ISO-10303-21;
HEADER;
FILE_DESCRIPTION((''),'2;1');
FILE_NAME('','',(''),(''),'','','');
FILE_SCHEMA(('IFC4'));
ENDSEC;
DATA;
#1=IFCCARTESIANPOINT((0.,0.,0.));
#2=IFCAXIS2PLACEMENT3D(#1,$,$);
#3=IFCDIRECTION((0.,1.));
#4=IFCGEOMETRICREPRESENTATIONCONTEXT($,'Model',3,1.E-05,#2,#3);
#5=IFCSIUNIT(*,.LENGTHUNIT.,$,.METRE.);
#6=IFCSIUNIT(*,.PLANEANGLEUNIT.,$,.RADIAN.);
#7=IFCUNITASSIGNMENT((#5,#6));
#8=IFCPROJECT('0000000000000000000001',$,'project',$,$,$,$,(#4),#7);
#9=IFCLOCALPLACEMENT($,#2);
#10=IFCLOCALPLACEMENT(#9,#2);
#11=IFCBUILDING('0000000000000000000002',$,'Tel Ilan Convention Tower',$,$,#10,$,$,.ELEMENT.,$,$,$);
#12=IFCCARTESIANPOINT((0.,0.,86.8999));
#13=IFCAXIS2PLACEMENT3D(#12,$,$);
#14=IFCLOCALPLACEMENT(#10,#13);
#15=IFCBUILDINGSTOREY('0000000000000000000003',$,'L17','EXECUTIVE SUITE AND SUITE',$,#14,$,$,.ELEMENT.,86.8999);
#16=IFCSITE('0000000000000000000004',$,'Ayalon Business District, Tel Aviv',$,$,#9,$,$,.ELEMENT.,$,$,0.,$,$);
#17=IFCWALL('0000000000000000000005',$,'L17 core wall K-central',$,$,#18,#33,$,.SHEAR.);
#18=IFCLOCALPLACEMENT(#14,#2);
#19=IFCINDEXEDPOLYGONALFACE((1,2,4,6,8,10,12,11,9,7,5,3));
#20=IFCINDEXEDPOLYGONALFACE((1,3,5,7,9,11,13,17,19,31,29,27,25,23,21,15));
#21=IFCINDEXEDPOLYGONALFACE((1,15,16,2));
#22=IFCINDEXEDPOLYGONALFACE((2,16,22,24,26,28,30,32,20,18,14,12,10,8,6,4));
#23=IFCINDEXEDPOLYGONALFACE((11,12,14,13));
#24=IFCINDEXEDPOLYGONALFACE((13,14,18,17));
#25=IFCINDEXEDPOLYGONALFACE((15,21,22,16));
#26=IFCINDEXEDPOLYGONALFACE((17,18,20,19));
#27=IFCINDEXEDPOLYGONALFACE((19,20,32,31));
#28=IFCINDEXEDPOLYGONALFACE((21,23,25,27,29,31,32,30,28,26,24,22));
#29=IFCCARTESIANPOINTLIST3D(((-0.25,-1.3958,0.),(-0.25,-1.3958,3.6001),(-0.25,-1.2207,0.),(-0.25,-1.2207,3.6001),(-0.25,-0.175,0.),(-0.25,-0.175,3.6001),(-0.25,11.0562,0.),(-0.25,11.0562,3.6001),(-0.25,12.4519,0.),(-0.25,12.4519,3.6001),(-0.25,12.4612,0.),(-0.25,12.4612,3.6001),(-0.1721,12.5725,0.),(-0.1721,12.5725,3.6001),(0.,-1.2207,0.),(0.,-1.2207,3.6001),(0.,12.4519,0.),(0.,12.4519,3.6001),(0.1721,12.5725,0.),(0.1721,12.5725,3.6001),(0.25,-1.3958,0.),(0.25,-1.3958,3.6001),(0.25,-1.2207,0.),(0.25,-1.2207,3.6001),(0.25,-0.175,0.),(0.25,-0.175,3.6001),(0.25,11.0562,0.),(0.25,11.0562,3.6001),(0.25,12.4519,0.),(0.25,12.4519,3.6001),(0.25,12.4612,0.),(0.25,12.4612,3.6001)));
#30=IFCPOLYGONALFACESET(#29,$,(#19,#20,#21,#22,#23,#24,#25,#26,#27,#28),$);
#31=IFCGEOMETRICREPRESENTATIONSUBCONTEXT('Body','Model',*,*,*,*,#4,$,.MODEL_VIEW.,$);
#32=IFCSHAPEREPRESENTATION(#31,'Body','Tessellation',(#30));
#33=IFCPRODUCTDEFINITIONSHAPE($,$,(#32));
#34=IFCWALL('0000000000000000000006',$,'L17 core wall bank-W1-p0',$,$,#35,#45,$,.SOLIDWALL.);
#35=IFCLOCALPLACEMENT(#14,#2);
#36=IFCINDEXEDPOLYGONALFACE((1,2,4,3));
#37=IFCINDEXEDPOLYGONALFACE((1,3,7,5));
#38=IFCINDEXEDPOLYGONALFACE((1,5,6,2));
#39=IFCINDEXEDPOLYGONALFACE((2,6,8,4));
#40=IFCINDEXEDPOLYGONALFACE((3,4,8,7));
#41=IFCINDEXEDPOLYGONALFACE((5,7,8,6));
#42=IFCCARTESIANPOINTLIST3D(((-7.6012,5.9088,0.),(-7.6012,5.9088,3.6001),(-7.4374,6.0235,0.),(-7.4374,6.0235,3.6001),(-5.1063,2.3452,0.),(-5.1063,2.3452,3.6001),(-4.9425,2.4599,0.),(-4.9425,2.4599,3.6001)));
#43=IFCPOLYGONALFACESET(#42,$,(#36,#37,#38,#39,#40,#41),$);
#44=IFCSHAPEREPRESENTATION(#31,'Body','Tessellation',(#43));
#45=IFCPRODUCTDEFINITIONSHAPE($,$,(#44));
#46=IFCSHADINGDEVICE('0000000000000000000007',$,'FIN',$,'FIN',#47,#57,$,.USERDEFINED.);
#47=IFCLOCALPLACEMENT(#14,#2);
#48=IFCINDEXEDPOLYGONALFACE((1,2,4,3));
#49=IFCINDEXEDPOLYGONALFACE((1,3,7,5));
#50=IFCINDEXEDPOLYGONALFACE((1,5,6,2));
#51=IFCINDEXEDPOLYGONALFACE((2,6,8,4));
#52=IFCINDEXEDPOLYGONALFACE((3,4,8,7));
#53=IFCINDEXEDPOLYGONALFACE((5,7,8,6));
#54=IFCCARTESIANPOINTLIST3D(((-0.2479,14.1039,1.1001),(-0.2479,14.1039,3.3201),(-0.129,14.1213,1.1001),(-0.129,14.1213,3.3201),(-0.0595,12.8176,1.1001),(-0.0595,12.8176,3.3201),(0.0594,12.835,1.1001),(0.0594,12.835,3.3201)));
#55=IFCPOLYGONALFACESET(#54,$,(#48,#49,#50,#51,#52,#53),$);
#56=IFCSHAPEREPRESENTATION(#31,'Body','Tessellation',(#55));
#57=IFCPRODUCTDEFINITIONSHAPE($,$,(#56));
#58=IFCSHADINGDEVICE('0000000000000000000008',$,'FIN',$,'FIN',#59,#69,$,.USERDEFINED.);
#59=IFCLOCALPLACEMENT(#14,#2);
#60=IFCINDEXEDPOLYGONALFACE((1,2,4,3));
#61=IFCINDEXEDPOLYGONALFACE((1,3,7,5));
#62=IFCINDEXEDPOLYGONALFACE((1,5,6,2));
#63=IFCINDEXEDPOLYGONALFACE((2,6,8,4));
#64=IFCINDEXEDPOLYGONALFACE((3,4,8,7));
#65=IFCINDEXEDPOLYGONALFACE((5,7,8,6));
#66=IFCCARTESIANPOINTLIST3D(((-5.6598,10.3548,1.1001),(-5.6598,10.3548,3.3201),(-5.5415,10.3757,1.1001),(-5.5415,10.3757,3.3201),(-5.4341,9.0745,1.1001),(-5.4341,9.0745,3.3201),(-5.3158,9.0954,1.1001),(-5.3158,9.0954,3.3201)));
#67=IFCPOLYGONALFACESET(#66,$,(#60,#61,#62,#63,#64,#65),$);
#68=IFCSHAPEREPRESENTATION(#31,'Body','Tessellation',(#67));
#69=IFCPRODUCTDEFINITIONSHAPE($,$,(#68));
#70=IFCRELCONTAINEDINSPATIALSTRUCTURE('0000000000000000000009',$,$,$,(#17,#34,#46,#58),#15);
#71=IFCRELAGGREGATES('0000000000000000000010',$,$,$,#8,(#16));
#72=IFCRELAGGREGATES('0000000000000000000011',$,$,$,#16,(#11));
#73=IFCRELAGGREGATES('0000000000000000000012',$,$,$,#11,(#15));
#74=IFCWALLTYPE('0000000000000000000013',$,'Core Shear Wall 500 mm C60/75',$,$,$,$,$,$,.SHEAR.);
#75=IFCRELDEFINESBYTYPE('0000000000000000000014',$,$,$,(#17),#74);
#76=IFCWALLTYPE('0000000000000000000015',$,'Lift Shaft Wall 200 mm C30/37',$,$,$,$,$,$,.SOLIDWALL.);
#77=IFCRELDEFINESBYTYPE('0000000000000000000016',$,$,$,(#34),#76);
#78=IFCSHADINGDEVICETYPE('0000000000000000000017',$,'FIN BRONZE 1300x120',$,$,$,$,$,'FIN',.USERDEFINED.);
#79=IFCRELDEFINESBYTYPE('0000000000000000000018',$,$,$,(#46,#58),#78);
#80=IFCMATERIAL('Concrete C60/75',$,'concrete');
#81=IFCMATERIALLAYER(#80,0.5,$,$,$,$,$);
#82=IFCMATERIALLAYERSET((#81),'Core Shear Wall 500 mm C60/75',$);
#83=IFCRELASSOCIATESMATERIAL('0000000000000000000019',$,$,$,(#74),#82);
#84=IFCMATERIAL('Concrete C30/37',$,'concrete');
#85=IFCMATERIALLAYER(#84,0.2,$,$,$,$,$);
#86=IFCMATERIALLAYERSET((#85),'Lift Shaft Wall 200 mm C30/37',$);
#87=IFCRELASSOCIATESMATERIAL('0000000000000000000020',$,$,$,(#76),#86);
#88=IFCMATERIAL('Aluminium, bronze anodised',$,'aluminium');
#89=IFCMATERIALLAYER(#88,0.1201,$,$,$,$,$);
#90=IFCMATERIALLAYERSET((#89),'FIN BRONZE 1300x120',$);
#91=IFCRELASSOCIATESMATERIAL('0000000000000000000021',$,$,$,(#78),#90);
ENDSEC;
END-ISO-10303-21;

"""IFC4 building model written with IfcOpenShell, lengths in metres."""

from ifc_helpers import new_model, si_unit, direction, frame, frame_2d, origin, origin_2d, place, context, subcontext, project, spatial, polyline, rectangle, outline, extrude, material, layer, layer_set, type_object, element, save


model = new_model("IFC4")

# Units and contexts
model_context = context("Model", 3, precision=1e-05, world=origin(), true_north=direction((0.0, 1.0)))
body_context = subcontext(model_context, "Body", "Model", "MODEL_VIEW")
ifc_project = project(units=[si_unit("LENGTHUNIT", "METRE"), si_unit("PLANEANGLEUNIT", "RADIAN")], contexts=[model_context])

# Site, building, storey
site_placement = place(None, origin())
site = spatial("IfcSite", under=ifc_project, at=site_placement, Name="Ayalon Business District, Tel Aviv", CompositionType="ELEMENT", RefElevation=0.0)
building_placement = place(site_placement, origin())
building = spatial("IfcBuilding", under=site, at=building_placement, Name="Tel Ilan Convention Tower", CompositionType="ELEMENT")
storey_placement = place(building_placement, frame((0.0, 0.0, 86.8999)))
storey = spatial("IfcBuildingStorey", under=building, at=storey_placement, Name="L17", Description="EXECUTIVE SUITE AND SUITE", CompositionType="ELEMENT", Elevation=86.8999)

# Shared definitions
ifc_material_1 = material(Name="Concrete C60/75", Category="concrete")
ifc_layer_1 = layer(ifc_material_1, 0.5)
ifc_layer_set_1 = layer_set([ifc_layer_1], Name="Core Shear Wall 500 mm C60/75")
wall_type_1 = type_object("IfcWallType", Name="Core Shear Wall 500 mm C60/75", PredefinedType="SHEAR", material=ifc_layer_set_1)

# Walls
wall_1_placement = place(storey_placement, frame((0.0, -1.3958, 0.0), z_axis=(0.0, 0.0, 1.0), x_axis=(0.0, 1.0, 0.0)))
element("IfcWall", 1, at=wall_1_placement, inside=storey, type_object=wall_type_1, Name="L17 core wall K-central", PredefinedType="SHEAR", context=body_context, shape_type="SweptSolid", body=[
    extrude(outline(polyline([(0.0, -0.25), (0.175, -0.25), (1.2207, -0.25), (12.4519, -0.25), (13.8477, -0.25), (13.8569, -0.25), (13.9683, -0.1721), (13.8477, 0.0), (13.9683, 0.1721), (13.8569, 0.25), (13.8477, 0.25), (12.4519, 0.25), (1.2207, 0.25), (0.175, 0.25), (0.0, 0.25), (0.175, 0.0), (0.0, -0.25)])), origin(), (0.0, 0.0, 1.0), 3.6001),
])
ifc_material_2 = material(Name="Concrete C30/37", Category="concrete")
ifc_layer_2 = layer(ifc_material_2, 0.2)
ifc_layer_set_2 = layer_set([ifc_layer_2], Name="Lift Shaft Wall 200 mm C30/37")
wall_type_2 = type_object("IfcWallType", Name="Lift Shaft Wall 200 mm C30/37", PredefinedType="SOLIDWALL", material=ifc_layer_set_2)
wall_2_placement = place(storey_placement, frame((-5.0244, 2.4026, 0.0), z_axis=(0.0, 0.0, 1.0), x_axis=(-0.57353, 0.819184, 0.0)))
element("IfcWall", 2, at=wall_2_placement, inside=storey, type_object=wall_type_2, Name="L17 core wall bank-W1-p0", PredefinedType="SOLIDWALL", context=body_context, shape_type="SweptSolid", body=[
    extrude(rectangle(XDim=4.3501, YDim=0.2, at=frame_2d((2.175, 0.0))), origin(), (0.0, 0.0, 1.0), 3.6001),
])

# Shading devices
ifc_material_3 = material(Name="Aluminium, bronze anodised", Category="aluminium")
ifc_layer_3 = layer(ifc_material_3, 0.1201)
ifc_layer_set_3 = layer_set([ifc_layer_3], Name="FIN BRONZE 1300x120")
shading_device_type = type_object("IfcShadingDeviceType", Name="FIN BRONZE 1300x120", ElementType="FIN", PredefinedType="USERDEFINED", material=ifc_layer_set_3)
for number, where, z_axis, x_axis, name in (
    (3, (-0.0942, 13.4695, 1.1001), (0.0, 0.0, 1.0), (-0.144932, 0.989442, 0.0), "FIN"),
    (4, (-5.4878, 9.7251, 1.1001), (0.0, 0.0, 1.0), (-0.173648, 0.984808, 0.0), "FIN"),
):
    element("IfcShadingDevice", number, at=place(storey_placement, frame(where, z_axis=z_axis, x_axis=x_axis)), inside=storey, type_object=shading_device_type, Name=name, ObjectType="FIN", PredefinedType="USERDEFINED", context=body_context, shape_type="SweptSolid", body=[
        extrude(rectangle(XDim=1.3, YDim=0.1201, at=origin_2d()), origin(), (0.0, 0.0, 1.0), 2.22),
    ])

save(model, "model.ifc")
